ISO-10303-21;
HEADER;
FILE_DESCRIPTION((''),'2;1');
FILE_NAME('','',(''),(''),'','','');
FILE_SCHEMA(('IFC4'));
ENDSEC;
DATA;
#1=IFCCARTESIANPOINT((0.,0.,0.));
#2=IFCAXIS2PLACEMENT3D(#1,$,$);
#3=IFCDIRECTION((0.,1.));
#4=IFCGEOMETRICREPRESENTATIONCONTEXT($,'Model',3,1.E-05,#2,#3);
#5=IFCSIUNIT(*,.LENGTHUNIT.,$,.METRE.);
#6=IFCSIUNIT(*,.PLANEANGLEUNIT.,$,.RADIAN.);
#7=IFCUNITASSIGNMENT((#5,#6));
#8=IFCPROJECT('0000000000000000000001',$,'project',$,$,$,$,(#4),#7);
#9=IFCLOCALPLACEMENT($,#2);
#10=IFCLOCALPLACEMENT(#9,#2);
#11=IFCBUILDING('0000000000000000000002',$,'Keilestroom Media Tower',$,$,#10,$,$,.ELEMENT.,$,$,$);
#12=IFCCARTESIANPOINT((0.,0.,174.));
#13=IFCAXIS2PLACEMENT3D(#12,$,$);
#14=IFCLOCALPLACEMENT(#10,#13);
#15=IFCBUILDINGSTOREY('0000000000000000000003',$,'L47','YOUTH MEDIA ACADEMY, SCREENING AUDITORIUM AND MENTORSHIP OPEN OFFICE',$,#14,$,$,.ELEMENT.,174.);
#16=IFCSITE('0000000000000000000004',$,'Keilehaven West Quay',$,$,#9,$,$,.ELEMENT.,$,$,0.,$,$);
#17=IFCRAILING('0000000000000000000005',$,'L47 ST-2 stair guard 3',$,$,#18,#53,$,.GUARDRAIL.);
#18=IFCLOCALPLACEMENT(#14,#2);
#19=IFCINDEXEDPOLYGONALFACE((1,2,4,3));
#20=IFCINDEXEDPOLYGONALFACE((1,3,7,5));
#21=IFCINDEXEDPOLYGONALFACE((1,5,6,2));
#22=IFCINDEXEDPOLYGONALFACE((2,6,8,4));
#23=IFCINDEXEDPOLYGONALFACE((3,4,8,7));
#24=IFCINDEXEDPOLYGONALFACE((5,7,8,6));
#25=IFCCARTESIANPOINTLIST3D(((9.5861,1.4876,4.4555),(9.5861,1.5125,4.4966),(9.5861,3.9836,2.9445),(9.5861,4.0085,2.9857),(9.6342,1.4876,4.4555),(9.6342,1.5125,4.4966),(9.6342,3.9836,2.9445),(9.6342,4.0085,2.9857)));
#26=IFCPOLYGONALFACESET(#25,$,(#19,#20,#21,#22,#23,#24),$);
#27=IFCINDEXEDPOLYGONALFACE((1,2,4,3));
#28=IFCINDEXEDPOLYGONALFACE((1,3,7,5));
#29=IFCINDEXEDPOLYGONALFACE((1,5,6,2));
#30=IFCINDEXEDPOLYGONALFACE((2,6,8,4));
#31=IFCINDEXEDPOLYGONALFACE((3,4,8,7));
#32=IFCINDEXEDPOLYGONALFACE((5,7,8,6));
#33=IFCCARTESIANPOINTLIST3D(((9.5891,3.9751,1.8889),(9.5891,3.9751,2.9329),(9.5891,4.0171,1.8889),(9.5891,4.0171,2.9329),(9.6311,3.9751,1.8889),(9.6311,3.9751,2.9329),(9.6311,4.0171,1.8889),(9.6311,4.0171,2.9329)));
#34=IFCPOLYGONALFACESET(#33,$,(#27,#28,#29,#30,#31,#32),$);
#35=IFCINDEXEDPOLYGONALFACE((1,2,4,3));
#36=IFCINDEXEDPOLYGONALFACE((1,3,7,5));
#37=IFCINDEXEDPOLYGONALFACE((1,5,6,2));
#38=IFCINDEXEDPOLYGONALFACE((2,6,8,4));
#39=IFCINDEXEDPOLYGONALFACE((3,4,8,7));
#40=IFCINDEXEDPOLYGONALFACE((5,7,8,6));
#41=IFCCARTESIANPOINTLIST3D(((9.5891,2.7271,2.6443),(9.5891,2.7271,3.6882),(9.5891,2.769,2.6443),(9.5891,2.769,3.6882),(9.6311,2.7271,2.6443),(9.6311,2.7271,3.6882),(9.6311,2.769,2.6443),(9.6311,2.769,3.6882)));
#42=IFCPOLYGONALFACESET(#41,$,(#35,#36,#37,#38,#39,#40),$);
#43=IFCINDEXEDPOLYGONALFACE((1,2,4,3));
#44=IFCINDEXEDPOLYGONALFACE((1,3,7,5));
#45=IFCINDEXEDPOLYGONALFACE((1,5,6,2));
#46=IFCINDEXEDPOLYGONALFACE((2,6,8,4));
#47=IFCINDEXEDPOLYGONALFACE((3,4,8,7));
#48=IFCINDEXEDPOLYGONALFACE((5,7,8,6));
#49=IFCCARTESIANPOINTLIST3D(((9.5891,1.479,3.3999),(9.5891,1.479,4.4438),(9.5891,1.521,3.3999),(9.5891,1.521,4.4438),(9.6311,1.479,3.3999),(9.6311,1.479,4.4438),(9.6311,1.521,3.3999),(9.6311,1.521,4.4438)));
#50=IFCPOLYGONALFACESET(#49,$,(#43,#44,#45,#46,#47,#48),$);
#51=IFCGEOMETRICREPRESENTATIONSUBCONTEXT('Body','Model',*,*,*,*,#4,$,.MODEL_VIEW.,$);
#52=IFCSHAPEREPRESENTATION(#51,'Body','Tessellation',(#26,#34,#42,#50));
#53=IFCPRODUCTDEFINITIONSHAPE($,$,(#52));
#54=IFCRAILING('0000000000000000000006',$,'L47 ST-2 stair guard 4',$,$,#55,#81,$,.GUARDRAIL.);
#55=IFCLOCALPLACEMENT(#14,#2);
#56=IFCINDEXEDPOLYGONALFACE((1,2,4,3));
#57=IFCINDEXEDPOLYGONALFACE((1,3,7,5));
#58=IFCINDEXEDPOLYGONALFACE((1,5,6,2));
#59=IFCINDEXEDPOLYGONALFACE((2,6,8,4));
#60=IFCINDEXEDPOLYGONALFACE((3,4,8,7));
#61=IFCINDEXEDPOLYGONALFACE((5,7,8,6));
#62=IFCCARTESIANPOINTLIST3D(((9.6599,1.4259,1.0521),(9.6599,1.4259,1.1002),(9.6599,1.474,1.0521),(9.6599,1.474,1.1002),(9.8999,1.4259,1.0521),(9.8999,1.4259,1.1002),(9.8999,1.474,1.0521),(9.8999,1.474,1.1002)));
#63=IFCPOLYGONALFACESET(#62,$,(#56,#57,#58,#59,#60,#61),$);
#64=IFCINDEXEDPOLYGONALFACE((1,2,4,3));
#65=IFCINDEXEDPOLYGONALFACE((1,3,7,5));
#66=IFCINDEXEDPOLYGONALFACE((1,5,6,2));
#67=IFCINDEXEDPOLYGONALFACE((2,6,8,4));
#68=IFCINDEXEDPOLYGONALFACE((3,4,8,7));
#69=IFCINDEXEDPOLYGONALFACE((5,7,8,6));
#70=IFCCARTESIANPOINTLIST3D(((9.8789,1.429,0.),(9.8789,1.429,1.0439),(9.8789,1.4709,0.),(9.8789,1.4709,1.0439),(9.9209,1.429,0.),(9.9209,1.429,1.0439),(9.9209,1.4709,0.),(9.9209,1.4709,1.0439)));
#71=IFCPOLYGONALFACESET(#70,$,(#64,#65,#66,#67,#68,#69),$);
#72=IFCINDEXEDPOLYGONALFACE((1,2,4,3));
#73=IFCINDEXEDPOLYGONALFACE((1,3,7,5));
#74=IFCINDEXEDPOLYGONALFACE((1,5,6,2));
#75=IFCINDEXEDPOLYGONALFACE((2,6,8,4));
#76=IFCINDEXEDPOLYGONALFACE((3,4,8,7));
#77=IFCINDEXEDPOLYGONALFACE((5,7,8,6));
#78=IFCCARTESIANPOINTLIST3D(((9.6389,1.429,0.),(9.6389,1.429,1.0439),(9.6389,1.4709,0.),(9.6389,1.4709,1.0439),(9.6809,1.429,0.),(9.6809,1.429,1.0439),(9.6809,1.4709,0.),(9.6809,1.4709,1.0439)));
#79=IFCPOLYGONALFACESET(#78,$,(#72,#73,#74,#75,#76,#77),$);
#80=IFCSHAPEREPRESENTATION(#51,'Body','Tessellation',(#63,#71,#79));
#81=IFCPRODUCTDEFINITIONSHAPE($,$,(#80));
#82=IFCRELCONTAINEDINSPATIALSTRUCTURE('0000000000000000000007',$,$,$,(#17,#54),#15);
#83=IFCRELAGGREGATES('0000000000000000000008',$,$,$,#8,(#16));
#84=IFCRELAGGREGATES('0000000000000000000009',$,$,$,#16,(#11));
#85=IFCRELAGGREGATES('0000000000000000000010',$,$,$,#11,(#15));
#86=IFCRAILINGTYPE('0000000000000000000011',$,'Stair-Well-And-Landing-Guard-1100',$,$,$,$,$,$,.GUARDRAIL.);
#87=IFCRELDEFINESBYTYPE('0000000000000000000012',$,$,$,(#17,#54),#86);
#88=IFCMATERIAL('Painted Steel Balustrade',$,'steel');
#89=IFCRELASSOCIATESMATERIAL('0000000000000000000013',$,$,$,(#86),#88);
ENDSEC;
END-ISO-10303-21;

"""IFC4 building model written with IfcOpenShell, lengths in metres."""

from ifc_helpers import new_model, si_unit, direction, frame, origin, origin_2d, place, context, subcontext, project, spatial, rectangle, extrude, material, type_object, element, save


model = new_model("IFC4")

# Units and contexts
model_context = context("Model", 3, precision=1e-05, world=origin(), true_north=direction((0.0, 1.0)))
body_context = subcontext(model_context, "Body", "Model", "MODEL_VIEW")
ifc_project = project(units=[si_unit("LENGTHUNIT", "METRE"), si_unit("PLANEANGLEUNIT", "RADIAN")], contexts=[model_context])

# Site, building, storey
site_placement = place(None, origin())
site = spatial("IfcSite", under=ifc_project, at=site_placement, Name="Keilehaven West Quay", CompositionType="ELEMENT", RefElevation=0.0)
building_placement = place(site_placement, origin())
building = spatial("IfcBuilding", under=site, at=building_placement, Name="Keilestroom Media Tower", CompositionType="ELEMENT")
storey_placement = place(building_placement, frame((0.0, 0.0, 174.0)))
storey = spatial("IfcBuildingStorey", under=building, at=storey_placement, Name="L47", Description="YOUTH MEDIA ACADEMY, SCREENING AUDITORIUM AND MENTORSHIP OPEN OFFICE", CompositionType="ELEMENT", Elevation=174.0)

# Railings
ifc_material_1 = material(Name="Painted Steel Balustrade", Category="steel")
railing_type_1 = type_object("IfcRailingType", Name="Stair-Well-And-Landing-Guard-1100", PredefinedType="GUARDRAIL", material=ifc_material_1)
railing_1_placement = place(storey_placement, frame((9.6101, 3.9961, 1.8889)))
element("IfcRailing", 1, at=railing_1_placement, inside=storey, type_object=railing_type_1, Name="L47 ST-2 stair guard 3", PredefinedType="GUARDRAIL", context=body_context, shape_type="SweptSolid", body=[
    extrude(rectangle(XDim=0.0481, YDim=0.0481, at=origin_2d()), frame((0.0, 0.0, 1.0762), z_axis=(0.0, -0.855471, 0.517851), x_axis=(1.0, 0.0, 0.0)), (0.0, 0.0, 1.0), 2.9177),
    extrude(rectangle(XDim=0.042, YDim=0.042, at=origin_2d()), origin(), (0.0, 0.0, 1.0), 1.0439),
    extrude(rectangle(XDim=0.042, YDim=0.042, at=origin_2d()), frame((0.0, -1.248, 0.7554)), (0.0, 0.0, 1.0), 1.0439),
    extrude(rectangle(XDim=0.042, YDim=0.042, at=origin_2d()), frame((0.0, -2.4961, 1.511)), (0.0, 0.0, 1.0), 1.0439),
])
railing_2_placement = place(storey_placement, frame((9.8999, 1.45, 0.0)))
element("IfcRailing", 2, at=railing_2_placement, inside=storey, type_object=railing_type_1, Name="L47 ST-2 stair guard 4", PredefinedType="GUARDRAIL", context=body_context, shape_type="SweptSolid", body=[
    extrude(rectangle(XDim=0.0481, YDim=0.0481, at=origin_2d()), frame((0.0, 0.0, 1.0762), z_axis=(-1.0, 0.0, 0.0), x_axis=(0.0, -1.0, 0.0)), (0.0, 0.0, 1.0), 0.24),
    extrude(rectangle(XDim=0.042, YDim=0.042, at=origin_2d()), origin(), (0.0, 0.0, 1.0), 1.0439),
    extrude(rectangle(XDim=0.042, YDim=0.042, at=origin_2d()), frame((-0.24, 0.0, 0.0)), (0.0, 0.0, 1.0), 1.0439),
])

save(model, "model.ifc")
